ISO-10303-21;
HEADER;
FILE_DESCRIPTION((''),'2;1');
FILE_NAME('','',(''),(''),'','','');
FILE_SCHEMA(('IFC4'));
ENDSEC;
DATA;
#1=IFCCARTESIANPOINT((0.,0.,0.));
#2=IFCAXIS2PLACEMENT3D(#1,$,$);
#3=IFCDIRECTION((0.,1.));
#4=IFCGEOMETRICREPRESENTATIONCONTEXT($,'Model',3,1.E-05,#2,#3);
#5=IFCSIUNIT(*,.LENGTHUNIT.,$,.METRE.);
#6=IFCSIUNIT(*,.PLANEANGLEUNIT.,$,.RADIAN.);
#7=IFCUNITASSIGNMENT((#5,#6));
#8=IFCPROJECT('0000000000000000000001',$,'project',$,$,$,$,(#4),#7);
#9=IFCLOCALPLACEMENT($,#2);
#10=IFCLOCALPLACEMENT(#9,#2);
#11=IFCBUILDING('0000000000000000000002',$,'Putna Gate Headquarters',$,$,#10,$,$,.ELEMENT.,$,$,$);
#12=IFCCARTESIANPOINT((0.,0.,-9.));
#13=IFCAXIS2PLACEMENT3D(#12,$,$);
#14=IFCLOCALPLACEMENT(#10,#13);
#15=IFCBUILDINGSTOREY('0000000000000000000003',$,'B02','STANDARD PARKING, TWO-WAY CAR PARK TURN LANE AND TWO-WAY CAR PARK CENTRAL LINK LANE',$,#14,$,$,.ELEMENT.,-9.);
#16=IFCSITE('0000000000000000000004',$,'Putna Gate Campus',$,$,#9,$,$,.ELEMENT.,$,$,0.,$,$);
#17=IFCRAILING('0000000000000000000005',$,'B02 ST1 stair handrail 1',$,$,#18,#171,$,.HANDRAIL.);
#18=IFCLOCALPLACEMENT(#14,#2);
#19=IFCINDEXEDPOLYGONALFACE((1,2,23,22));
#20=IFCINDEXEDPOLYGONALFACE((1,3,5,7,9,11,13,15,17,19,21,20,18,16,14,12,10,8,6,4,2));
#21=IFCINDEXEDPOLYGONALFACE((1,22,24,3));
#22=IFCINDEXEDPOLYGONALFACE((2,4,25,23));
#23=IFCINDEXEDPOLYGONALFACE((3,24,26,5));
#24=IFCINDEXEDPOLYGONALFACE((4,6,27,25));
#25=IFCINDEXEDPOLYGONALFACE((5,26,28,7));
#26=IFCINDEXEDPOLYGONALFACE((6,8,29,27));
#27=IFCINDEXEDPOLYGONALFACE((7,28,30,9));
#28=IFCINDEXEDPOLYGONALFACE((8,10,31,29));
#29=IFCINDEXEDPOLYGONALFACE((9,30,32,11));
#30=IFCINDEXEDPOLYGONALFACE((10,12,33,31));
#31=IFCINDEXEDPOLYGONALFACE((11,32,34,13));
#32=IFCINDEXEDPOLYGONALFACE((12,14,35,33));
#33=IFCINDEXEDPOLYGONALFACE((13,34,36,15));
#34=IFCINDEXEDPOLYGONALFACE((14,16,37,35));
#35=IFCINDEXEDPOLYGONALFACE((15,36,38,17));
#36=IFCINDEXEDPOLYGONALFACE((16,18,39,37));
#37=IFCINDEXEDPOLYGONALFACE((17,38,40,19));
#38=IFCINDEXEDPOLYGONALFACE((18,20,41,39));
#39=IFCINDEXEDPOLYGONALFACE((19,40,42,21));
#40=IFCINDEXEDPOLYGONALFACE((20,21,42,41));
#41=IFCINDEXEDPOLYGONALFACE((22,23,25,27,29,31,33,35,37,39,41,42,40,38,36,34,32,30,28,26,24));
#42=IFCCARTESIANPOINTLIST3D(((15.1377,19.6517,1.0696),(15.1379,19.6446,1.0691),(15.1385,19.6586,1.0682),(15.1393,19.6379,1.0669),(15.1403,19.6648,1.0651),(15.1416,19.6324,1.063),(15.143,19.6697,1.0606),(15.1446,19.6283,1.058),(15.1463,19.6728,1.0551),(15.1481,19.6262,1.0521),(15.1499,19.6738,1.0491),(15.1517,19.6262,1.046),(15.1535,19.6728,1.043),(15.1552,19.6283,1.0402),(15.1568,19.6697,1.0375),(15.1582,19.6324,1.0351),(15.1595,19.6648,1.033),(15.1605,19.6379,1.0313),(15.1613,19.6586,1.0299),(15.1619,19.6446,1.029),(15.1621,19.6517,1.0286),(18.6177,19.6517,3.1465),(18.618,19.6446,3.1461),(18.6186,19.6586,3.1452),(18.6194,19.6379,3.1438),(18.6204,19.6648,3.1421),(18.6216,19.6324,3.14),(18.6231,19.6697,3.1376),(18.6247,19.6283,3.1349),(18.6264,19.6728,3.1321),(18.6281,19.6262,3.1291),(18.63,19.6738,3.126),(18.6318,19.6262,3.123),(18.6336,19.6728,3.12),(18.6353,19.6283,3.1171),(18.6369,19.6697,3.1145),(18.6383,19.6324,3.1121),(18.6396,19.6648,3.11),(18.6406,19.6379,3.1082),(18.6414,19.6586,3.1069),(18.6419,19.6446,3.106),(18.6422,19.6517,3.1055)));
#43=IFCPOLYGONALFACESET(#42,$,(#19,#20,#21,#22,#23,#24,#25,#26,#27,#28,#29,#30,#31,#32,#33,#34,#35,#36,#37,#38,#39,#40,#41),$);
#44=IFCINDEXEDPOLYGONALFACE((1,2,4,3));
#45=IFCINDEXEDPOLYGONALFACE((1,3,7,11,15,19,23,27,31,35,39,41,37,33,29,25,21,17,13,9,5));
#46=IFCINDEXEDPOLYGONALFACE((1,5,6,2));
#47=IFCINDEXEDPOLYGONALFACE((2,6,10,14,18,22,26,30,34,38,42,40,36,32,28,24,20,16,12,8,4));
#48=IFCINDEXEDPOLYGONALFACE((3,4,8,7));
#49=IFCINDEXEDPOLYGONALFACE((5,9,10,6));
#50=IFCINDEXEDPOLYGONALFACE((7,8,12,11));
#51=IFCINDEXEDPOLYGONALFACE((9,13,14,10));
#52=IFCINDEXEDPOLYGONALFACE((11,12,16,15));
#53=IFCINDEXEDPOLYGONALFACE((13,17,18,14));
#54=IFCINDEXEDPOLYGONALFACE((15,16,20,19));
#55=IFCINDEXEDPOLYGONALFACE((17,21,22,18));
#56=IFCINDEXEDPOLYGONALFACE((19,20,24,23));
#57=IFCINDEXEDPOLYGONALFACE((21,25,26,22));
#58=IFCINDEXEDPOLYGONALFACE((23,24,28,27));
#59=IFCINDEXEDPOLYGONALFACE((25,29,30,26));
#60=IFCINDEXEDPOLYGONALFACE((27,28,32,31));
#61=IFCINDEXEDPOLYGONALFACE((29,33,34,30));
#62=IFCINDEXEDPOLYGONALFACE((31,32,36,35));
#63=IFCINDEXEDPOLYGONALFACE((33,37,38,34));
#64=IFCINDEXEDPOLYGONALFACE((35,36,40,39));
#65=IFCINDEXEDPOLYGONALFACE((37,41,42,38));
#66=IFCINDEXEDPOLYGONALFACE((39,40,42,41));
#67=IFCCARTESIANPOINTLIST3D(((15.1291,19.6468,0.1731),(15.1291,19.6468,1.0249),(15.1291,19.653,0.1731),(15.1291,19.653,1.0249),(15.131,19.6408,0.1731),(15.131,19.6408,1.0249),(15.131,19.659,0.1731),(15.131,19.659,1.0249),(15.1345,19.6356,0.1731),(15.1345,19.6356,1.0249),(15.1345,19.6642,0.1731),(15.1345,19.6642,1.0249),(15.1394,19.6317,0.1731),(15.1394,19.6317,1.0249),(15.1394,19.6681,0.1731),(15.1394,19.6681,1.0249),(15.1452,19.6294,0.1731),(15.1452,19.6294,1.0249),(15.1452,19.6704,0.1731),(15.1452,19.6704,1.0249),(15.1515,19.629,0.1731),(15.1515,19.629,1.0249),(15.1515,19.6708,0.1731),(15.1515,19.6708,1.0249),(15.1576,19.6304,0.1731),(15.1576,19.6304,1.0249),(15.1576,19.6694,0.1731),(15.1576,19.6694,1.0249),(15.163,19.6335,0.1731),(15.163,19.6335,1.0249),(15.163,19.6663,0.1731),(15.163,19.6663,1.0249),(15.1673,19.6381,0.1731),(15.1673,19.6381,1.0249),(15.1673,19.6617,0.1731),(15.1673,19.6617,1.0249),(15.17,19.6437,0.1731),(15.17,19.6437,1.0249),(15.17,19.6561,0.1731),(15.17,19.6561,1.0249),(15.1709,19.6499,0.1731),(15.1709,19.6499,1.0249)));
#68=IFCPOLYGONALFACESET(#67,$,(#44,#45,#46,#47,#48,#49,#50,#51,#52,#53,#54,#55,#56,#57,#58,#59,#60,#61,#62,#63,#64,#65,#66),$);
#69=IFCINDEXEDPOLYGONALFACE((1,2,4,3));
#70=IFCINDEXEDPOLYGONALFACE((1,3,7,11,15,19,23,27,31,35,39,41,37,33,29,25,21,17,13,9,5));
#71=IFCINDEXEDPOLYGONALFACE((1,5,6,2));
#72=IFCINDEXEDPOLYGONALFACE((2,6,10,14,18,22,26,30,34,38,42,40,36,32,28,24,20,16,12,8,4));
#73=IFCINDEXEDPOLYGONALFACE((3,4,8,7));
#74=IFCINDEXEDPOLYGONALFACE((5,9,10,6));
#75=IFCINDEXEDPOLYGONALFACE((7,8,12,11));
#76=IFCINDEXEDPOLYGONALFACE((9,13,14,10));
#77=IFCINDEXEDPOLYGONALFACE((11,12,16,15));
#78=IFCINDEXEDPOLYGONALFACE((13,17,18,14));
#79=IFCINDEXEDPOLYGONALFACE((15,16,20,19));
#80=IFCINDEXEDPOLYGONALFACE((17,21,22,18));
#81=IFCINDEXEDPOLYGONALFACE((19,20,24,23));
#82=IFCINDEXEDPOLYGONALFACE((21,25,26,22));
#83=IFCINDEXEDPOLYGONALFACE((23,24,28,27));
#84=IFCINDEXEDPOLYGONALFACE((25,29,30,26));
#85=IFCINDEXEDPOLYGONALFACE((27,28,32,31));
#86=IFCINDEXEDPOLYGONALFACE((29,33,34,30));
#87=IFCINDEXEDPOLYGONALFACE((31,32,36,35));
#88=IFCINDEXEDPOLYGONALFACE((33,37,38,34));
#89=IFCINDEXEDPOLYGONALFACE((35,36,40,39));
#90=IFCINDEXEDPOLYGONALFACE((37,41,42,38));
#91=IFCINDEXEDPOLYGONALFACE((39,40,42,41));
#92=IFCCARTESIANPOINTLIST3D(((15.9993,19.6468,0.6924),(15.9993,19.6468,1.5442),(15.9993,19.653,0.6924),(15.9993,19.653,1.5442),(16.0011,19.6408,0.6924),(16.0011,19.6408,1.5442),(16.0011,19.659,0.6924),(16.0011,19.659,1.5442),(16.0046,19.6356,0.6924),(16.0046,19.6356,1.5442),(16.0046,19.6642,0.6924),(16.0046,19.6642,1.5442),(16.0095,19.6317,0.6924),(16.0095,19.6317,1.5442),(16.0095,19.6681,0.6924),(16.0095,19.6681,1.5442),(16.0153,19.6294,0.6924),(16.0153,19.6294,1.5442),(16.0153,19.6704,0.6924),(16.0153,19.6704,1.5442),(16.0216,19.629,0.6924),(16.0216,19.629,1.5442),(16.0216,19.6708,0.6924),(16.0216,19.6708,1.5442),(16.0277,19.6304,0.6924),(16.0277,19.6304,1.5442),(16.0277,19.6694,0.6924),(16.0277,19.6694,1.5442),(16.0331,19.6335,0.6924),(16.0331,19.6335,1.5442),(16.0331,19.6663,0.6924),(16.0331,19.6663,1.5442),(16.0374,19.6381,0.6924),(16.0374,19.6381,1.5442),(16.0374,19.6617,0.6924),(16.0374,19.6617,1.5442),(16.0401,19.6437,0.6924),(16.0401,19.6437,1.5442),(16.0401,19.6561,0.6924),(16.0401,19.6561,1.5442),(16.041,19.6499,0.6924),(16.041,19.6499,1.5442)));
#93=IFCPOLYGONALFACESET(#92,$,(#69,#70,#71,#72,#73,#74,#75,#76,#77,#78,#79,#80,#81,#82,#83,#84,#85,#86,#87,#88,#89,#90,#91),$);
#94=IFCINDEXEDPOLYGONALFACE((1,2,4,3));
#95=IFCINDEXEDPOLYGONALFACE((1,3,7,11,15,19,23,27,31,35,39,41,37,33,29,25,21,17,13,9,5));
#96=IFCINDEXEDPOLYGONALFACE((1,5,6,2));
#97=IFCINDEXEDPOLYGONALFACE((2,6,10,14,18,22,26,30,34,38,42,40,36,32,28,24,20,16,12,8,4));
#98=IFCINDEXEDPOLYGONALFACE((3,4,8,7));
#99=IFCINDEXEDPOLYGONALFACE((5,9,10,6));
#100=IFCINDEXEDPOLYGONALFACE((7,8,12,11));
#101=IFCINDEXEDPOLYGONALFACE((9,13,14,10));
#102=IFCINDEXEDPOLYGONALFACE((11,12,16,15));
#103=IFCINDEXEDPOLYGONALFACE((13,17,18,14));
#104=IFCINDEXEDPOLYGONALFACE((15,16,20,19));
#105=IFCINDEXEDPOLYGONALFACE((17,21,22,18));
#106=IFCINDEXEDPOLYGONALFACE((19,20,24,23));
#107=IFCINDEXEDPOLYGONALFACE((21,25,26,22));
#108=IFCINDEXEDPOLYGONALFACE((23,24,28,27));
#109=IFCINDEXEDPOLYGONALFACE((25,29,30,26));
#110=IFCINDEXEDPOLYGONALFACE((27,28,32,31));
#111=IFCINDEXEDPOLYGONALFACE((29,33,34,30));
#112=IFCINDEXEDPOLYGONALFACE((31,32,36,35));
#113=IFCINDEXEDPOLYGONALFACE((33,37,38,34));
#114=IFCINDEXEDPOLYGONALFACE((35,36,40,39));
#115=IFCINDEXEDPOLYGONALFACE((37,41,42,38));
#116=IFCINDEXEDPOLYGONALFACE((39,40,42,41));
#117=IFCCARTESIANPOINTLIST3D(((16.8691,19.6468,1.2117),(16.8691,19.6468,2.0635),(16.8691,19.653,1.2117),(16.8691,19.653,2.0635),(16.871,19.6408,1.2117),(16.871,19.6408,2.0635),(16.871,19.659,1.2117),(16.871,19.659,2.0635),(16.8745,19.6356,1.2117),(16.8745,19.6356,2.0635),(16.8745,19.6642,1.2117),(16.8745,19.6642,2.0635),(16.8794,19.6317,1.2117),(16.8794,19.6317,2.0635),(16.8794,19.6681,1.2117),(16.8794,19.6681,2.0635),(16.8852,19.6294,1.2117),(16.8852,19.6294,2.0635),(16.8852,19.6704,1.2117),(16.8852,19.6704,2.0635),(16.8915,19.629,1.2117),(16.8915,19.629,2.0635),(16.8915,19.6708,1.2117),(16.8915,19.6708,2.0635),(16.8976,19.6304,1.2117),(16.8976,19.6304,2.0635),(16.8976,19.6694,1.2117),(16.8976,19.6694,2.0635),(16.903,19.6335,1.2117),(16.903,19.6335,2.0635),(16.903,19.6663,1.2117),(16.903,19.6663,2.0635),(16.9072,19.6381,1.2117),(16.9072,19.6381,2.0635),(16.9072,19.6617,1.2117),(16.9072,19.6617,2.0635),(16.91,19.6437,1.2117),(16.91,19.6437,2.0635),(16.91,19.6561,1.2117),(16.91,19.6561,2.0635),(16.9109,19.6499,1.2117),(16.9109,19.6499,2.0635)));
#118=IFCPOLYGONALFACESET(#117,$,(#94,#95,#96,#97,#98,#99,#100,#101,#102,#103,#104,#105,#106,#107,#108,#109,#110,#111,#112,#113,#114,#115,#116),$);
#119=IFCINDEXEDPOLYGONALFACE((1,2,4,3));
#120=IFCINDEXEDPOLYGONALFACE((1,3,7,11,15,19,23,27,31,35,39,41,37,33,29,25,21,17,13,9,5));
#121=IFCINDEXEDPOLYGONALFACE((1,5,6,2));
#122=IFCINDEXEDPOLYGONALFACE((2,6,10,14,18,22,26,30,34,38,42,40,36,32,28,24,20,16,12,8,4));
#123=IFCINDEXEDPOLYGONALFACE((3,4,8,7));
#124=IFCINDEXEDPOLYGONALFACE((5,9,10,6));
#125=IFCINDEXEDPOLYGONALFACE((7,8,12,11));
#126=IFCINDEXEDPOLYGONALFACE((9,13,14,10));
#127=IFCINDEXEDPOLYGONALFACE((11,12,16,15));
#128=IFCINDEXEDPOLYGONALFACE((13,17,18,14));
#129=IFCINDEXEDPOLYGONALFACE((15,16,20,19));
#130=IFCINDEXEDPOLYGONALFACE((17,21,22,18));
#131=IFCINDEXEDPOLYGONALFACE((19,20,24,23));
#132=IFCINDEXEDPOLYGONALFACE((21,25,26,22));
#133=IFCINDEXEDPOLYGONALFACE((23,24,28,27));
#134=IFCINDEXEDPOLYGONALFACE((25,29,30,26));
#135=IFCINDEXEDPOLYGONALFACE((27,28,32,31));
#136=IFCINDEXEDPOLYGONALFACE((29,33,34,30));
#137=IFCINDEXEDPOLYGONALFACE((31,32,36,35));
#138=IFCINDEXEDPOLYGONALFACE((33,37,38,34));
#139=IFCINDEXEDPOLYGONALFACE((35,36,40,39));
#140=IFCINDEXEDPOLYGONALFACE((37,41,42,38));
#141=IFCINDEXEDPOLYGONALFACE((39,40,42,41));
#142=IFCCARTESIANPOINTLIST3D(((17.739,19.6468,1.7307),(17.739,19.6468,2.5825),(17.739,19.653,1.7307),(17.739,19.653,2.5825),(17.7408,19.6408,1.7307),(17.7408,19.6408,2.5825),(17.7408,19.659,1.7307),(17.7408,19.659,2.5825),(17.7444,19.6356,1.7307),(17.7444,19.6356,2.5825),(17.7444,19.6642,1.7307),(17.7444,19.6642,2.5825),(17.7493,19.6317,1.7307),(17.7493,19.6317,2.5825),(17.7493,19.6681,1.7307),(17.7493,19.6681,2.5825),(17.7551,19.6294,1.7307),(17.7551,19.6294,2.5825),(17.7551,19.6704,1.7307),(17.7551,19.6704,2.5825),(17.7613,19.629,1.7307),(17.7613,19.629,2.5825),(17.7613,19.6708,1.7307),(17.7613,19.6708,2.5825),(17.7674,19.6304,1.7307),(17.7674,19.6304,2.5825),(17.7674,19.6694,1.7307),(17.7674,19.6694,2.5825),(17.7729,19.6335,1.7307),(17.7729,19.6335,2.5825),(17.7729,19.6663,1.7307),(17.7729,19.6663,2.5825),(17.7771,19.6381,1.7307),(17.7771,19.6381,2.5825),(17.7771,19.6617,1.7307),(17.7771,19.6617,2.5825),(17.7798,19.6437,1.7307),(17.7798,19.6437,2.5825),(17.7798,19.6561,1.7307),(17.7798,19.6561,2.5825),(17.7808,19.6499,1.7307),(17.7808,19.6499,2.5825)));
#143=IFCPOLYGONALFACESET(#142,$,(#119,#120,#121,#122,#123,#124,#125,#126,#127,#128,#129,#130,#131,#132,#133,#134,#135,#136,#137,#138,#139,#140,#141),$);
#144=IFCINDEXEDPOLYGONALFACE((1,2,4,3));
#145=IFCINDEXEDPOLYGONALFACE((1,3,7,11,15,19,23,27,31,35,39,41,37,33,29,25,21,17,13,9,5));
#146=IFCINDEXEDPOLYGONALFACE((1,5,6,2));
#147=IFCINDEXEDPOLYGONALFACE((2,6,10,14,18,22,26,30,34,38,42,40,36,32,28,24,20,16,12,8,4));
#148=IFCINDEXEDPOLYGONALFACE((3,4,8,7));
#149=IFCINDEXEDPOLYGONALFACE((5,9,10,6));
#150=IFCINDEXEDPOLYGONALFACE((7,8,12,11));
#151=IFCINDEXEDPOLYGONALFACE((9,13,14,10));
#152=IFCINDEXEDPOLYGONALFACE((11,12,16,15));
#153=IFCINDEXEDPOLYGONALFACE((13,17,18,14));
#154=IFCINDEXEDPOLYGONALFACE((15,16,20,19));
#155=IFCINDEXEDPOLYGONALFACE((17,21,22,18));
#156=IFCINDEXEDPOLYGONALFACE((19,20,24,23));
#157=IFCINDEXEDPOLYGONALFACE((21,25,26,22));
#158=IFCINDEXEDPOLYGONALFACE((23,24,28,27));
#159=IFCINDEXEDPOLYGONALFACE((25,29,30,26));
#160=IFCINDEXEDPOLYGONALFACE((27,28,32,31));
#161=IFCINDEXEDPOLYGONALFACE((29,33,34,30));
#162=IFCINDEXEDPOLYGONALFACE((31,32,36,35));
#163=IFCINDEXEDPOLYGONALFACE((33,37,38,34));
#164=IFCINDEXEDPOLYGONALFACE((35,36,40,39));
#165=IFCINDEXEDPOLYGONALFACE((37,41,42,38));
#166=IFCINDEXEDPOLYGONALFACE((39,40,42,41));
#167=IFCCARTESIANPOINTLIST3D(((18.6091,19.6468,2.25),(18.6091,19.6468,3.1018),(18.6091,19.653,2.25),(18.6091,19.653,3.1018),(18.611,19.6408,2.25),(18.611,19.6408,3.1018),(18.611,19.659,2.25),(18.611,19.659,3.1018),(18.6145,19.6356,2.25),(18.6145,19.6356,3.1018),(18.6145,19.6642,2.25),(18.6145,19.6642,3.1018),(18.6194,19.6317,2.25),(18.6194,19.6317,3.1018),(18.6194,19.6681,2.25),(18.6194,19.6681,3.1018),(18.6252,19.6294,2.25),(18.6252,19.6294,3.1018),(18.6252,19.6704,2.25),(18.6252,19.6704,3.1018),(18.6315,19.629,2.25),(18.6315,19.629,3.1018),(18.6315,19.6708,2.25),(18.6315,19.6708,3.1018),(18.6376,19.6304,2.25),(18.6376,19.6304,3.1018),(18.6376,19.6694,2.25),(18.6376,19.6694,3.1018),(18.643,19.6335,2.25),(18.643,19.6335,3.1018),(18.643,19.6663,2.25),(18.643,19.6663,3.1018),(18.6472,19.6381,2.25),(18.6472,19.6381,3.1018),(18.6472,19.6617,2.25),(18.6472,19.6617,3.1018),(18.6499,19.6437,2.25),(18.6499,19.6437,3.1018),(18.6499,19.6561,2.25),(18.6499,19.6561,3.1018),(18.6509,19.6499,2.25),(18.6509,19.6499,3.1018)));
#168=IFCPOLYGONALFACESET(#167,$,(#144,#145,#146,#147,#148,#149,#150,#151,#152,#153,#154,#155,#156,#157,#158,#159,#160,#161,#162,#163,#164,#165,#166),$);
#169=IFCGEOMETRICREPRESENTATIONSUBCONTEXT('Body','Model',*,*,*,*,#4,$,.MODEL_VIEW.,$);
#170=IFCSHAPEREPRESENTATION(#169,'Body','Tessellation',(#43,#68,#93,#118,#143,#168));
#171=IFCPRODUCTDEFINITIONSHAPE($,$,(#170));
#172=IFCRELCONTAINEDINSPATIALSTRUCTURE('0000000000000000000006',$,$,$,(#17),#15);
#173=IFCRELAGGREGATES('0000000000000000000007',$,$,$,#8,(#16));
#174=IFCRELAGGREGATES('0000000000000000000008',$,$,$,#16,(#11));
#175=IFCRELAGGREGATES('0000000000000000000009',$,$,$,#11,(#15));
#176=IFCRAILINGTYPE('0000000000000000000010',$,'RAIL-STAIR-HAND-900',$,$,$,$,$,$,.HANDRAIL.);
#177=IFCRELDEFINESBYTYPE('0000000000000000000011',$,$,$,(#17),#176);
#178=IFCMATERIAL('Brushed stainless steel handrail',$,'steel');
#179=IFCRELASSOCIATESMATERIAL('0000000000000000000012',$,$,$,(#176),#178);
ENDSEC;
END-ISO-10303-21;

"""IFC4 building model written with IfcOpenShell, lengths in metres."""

from ifc_helpers import new_model, si_unit, direction, frame, origin, origin_2d, place, context, subcontext, project, spatial, circle, extrude, material, type_object, element, save


model = new_model("IFC4")

# Units and contexts
model_context = context("Model", 3, precision=1e-05, world=origin(), true_north=direction((0.0, 1.0)))
body_context = subcontext(model_context, "Body", "Model", "MODEL_VIEW")
ifc_project = project(units=[si_unit("LENGTHUNIT", "METRE"), si_unit("PLANEANGLEUNIT", "RADIAN")], contexts=[model_context])

# Site, building, storey
site_placement = place(None, origin())
site = spatial("IfcSite", under=ifc_project, at=site_placement, Name="Putna Gate Campus", CompositionType="ELEMENT", RefElevation=0.0)
building_placement = place(site_placement, origin())
building = spatial("IfcBuilding", under=site, at=building_placement, Name="Putna Gate Headquarters", CompositionType="ELEMENT")
storey_placement = place(building_placement, frame((0.0, 0.0, -9.0)))
storey = spatial("IfcBuildingStorey", under=building, at=storey_placement, Name="B02", Description="STANDARD PARKING, TWO-WAY CAR PARK TURN LANE AND TWO-WAY CAR PARK CENTRAL LINK LANE", CompositionType="ELEMENT", Elevation=-9.0)

# Railing
ifc_material_1 = material(Name="Brushed stainless steel handrail", Category="steel")
railing_type = type_object("IfcRailingType", Name="RAIL-STAIR-HAND-900", PredefinedType="HANDRAIL", material=ifc_material_1)
railing_placement = place(storey_placement, frame((15.1499, 19.6499, 0.1731)))
element("IfcRailing", 1, at=railing_placement, inside=storey, type_object=railing_type, Name="B02 ST1 stair handrail 1", PredefinedType="HANDRAIL", context=body_context, shape_type="SweptSolid", body=[
    extrude(circle(Radius=0.0239, at=origin_2d()), frame((0.0, 0.0, 0.876), z_axis=(0.858697, 0.0, 0.512483), x_axis=(0.0, 1.0, 0.0)), (0.0, 0.0, 1.0), 4.0527),
    extrude(circle(Radius=0.021, at=origin_2d()), origin(), (0.0, 0.0, 1.0), 0.8518),
    extrude(circle(Radius=0.021, at=origin_2d()), frame((0.8701, 0.0, 0.5193)), (0.0, 0.0, 1.0), 0.8518),
    extrude(circle(Radius=0.021, at=origin_2d()), frame((1.74, 0.0, 1.0386)), (0.0, 0.0, 1.0), 0.8518),
    extrude(circle(Radius=0.021, at=origin_2d()), frame((2.6099, 0.0, 1.5576)), (0.0, 0.0, 1.0), 0.8518),
    extrude(circle(Radius=0.021, at=origin_2d()), frame((3.48, 0.0, 2.0769)), (0.0, 0.0, 1.0), 0.8518),
])

save(model, "model.ifc")
